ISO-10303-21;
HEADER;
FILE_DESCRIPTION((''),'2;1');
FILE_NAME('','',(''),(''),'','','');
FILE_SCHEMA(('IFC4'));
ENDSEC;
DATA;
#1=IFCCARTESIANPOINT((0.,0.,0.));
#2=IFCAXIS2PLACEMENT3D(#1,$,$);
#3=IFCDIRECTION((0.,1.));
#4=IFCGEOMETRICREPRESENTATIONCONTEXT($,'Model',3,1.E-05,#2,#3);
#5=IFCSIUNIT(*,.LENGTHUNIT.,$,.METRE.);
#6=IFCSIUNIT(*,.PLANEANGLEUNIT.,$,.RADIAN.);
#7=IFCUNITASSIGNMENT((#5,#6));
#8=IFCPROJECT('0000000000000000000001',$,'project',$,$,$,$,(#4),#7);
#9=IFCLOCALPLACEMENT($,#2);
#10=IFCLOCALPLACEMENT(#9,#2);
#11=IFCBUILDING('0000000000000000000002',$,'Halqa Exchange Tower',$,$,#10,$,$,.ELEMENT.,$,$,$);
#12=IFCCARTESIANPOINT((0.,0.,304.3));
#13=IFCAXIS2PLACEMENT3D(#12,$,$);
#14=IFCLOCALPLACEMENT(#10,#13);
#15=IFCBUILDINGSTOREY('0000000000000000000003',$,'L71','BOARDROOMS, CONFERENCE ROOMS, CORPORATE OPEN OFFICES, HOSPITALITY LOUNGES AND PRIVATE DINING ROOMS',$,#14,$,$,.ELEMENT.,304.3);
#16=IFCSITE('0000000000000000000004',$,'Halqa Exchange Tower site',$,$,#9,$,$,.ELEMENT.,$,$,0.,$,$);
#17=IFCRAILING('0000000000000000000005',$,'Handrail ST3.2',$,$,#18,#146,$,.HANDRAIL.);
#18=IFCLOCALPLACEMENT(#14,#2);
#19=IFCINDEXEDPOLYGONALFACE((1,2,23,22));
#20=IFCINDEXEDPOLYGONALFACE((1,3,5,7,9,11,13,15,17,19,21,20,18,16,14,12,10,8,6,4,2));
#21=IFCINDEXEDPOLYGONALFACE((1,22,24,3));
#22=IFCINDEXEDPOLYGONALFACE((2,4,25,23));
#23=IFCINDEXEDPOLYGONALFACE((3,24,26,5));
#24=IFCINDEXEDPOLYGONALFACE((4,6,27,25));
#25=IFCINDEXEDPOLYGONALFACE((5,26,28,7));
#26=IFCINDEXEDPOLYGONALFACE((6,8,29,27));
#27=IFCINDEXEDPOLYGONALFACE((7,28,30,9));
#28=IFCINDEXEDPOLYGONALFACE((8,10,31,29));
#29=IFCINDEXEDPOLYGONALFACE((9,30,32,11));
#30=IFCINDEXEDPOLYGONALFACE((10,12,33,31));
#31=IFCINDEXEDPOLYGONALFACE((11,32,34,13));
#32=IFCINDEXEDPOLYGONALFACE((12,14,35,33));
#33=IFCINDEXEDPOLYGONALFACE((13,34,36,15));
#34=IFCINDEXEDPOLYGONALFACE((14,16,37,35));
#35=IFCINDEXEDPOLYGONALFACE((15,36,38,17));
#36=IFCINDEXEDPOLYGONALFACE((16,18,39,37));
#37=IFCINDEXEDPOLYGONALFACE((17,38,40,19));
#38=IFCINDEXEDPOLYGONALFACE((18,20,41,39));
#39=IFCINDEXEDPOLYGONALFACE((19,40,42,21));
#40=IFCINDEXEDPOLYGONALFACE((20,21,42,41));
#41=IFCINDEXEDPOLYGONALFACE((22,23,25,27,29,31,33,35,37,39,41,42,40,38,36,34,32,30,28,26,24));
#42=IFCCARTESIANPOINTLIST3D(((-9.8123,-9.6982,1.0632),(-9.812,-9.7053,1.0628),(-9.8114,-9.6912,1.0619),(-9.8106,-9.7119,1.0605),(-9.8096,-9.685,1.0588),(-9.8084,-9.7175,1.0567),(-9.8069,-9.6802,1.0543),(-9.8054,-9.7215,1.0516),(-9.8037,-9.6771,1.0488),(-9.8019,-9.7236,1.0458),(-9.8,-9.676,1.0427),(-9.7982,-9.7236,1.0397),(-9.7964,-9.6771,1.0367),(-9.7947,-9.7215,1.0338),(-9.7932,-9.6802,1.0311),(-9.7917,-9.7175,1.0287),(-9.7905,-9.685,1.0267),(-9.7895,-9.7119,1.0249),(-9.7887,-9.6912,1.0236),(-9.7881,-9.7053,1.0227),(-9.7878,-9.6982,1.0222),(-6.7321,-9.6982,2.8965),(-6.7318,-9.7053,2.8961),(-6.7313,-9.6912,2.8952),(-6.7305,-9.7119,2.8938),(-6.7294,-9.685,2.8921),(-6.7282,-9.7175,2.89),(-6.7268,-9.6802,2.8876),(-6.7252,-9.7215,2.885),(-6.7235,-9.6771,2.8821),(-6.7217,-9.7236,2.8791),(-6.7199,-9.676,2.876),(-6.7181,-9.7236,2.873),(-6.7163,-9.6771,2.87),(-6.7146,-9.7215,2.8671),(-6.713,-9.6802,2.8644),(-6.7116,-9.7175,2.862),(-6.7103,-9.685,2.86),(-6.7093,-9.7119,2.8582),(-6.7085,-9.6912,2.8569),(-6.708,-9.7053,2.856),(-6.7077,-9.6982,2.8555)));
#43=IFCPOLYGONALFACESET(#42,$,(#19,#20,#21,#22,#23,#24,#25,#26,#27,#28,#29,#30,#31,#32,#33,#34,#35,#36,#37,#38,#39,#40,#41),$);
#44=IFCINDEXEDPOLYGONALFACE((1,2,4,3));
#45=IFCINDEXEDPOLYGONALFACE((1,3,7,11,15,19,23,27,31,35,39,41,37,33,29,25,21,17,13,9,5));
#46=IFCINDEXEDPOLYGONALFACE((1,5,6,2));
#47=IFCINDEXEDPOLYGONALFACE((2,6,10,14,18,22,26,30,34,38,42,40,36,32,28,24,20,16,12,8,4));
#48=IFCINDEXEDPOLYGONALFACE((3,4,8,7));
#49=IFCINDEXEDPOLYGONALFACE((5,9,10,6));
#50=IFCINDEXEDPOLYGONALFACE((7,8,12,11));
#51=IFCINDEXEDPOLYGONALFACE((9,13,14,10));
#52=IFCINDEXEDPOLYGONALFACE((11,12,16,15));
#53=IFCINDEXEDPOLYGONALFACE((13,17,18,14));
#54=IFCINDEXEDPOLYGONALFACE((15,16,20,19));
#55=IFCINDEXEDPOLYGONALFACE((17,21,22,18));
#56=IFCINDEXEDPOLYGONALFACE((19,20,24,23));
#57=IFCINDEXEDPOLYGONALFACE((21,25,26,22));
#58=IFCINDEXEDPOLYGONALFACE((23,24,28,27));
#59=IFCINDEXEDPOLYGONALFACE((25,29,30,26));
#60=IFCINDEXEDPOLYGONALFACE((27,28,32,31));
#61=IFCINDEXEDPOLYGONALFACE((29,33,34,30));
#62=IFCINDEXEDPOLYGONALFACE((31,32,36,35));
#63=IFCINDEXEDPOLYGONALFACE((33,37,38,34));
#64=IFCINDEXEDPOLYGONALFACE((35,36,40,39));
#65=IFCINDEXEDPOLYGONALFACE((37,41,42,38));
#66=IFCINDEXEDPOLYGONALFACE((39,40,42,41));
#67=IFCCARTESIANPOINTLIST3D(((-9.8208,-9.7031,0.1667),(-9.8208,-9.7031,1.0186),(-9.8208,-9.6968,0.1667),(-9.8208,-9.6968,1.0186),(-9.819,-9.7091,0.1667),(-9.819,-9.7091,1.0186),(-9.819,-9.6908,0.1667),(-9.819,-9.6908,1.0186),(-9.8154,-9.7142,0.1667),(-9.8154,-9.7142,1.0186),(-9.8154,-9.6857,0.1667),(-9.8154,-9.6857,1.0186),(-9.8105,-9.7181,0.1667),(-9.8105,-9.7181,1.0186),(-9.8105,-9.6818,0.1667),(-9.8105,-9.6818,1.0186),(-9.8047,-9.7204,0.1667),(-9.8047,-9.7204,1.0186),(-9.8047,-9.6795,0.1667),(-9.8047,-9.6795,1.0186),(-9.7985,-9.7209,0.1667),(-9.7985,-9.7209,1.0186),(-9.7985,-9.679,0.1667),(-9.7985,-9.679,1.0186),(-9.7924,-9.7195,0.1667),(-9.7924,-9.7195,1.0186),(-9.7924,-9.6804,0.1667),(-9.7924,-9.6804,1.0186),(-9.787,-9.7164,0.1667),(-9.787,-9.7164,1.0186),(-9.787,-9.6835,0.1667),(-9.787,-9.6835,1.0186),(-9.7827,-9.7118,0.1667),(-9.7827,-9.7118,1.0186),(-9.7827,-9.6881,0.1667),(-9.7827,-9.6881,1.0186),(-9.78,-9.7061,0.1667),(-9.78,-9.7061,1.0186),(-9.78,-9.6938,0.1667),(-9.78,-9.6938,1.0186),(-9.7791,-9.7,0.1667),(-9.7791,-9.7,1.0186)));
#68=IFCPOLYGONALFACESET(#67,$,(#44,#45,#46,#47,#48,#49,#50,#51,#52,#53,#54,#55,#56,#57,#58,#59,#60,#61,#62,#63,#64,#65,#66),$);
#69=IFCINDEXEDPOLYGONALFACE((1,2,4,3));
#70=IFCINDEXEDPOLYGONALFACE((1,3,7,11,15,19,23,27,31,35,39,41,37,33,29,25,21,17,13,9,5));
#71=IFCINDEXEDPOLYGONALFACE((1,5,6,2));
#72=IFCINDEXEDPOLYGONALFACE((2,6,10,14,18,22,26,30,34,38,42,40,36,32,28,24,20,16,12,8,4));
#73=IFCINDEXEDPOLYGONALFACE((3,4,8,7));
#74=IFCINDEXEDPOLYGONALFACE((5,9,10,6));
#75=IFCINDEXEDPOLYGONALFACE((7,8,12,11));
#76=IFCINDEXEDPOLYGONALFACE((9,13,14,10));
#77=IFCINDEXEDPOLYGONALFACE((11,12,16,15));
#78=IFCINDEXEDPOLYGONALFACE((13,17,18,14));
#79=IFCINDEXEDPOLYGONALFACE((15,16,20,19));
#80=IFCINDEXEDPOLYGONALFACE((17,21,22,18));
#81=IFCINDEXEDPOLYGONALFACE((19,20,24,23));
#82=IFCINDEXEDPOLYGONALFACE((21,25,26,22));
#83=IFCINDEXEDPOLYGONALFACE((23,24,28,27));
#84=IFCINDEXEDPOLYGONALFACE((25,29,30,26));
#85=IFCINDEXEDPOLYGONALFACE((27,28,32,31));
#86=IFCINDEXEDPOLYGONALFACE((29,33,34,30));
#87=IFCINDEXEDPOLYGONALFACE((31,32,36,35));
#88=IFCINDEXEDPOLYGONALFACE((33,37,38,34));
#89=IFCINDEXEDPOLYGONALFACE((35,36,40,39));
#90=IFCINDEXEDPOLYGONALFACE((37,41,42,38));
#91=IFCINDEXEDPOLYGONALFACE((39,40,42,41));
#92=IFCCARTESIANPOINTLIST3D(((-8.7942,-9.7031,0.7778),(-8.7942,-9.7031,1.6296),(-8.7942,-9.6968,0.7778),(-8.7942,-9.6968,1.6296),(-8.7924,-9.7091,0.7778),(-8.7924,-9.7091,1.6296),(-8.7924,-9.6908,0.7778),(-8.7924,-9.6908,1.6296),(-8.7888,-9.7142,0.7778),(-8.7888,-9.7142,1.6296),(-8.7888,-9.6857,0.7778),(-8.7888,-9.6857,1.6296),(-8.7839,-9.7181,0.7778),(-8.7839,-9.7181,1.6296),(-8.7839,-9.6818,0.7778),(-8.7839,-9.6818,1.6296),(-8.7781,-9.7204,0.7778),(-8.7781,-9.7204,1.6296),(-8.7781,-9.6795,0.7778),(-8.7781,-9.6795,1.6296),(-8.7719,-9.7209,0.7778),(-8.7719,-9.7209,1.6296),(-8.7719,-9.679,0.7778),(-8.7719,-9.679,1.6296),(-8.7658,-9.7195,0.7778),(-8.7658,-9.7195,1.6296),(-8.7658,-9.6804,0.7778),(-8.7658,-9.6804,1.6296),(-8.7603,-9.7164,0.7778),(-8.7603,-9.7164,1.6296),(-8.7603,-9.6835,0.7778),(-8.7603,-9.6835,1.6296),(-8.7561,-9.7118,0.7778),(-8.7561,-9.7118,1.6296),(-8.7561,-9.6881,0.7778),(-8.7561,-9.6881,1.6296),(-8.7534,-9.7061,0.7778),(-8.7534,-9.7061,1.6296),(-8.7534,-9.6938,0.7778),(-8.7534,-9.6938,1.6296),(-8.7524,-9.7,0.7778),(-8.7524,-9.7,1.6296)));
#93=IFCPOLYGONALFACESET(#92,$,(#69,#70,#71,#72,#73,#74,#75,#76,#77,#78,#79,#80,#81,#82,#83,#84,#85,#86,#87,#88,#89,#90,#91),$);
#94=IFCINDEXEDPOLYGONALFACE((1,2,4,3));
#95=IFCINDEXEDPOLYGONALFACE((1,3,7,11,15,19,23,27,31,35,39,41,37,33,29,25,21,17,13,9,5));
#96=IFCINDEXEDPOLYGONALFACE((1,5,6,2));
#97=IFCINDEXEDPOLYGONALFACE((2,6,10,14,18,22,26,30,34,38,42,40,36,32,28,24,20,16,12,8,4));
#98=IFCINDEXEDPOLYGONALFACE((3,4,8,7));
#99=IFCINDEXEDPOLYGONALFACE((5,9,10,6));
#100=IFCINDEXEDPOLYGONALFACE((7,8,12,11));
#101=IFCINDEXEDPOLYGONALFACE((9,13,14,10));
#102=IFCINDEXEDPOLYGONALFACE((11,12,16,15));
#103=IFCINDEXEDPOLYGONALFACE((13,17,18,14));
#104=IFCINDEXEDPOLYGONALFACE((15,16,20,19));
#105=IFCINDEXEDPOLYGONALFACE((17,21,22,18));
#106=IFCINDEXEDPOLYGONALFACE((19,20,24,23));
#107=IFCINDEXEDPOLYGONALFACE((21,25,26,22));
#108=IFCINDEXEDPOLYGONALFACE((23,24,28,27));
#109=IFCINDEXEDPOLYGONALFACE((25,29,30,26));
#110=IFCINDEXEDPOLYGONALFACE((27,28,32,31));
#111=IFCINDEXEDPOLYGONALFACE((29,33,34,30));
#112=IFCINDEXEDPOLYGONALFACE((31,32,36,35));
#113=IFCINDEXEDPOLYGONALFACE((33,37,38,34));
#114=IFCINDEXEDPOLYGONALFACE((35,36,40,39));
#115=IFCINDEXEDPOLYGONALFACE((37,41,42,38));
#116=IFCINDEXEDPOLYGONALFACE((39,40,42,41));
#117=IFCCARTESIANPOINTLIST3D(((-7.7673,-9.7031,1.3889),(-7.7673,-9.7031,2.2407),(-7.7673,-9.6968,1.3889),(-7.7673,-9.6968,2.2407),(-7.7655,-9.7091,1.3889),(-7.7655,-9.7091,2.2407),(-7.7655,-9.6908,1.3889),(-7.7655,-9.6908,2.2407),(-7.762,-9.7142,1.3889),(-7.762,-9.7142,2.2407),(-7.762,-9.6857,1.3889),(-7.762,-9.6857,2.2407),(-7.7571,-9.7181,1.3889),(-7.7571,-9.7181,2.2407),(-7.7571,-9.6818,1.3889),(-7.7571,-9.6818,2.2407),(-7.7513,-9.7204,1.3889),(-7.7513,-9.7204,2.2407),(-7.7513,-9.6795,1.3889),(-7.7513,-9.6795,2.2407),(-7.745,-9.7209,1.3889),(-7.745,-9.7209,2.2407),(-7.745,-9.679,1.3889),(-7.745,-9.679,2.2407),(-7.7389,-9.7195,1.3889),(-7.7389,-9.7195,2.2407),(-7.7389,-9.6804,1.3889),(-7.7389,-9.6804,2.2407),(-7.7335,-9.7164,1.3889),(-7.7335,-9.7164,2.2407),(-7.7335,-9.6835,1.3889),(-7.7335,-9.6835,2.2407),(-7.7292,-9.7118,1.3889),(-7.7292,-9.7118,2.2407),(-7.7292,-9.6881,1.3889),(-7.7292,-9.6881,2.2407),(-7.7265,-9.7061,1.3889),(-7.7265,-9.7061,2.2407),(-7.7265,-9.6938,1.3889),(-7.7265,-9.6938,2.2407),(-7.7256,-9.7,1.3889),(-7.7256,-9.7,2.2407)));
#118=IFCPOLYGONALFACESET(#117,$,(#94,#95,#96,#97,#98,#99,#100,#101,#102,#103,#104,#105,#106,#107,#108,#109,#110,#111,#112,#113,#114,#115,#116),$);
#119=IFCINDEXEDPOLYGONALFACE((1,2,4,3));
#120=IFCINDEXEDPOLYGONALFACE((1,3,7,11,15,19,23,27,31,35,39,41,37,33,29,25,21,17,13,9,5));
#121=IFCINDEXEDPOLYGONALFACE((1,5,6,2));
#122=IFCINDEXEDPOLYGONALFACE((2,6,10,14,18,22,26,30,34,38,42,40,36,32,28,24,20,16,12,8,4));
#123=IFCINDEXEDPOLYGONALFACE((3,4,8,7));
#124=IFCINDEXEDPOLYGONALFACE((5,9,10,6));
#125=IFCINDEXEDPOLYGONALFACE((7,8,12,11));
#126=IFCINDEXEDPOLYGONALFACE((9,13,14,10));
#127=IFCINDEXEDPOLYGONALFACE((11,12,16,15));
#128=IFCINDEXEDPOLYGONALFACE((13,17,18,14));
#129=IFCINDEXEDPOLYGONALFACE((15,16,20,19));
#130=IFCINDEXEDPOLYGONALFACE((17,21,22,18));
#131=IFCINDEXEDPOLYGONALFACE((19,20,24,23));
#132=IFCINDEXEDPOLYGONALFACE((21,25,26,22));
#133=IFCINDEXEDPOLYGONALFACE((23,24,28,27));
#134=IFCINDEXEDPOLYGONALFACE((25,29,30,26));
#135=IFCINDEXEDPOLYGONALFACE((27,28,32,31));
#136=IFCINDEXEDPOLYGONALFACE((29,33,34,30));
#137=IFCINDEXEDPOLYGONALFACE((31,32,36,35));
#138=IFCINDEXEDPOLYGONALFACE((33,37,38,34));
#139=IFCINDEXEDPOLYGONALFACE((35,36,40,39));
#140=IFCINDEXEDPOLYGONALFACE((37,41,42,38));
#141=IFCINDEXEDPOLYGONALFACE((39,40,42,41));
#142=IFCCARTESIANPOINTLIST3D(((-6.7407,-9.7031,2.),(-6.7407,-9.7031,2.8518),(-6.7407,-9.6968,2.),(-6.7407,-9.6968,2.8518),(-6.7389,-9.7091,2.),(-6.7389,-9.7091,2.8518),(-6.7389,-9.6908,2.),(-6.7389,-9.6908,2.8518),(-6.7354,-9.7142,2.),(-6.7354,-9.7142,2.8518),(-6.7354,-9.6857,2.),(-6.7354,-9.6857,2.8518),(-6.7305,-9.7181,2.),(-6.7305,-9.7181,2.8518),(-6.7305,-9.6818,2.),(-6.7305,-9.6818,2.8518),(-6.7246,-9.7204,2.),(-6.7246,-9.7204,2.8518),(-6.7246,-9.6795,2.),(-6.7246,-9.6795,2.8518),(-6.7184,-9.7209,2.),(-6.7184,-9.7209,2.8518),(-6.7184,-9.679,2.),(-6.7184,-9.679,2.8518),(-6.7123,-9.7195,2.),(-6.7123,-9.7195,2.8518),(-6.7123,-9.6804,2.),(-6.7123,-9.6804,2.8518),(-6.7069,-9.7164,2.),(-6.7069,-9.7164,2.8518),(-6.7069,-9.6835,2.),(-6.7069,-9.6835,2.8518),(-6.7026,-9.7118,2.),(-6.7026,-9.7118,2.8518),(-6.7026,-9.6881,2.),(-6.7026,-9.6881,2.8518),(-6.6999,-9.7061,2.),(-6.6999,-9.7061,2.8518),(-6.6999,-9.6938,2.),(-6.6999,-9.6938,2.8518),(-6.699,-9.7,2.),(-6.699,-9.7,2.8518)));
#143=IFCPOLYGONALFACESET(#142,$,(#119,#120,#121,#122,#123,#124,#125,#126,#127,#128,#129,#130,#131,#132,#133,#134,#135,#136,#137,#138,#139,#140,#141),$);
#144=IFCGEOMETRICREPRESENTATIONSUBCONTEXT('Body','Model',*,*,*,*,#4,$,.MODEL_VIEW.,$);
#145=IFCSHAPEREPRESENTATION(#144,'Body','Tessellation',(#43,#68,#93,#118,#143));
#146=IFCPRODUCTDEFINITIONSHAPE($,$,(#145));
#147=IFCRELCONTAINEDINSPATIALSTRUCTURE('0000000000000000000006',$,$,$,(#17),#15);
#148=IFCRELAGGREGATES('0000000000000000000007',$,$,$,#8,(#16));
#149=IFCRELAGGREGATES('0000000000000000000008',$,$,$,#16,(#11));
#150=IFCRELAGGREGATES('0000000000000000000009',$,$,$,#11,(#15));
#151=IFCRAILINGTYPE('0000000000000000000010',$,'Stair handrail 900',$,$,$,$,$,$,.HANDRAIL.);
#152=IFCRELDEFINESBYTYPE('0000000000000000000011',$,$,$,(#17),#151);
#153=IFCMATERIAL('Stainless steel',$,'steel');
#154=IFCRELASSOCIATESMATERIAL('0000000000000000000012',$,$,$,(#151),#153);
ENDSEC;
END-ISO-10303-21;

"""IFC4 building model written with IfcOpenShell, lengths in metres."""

from ifc_helpers import new_model, si_unit, direction, frame, origin, origin_2d, place, context, subcontext, project, spatial, circle, extrude, material, type_object, element, save


model = new_model("IFC4")

# Units and contexts
model_context = context("Model", 3, precision=1e-05, world=origin(), true_north=direction((0.0, 1.0)))
body_context = subcontext(model_context, "Body", "Model", "MODEL_VIEW")
ifc_project = project(units=[si_unit("LENGTHUNIT", "METRE"), si_unit("PLANEANGLEUNIT", "RADIAN")], contexts=[model_context])

# Site, building, storey
site_placement = place(None, origin())
site = spatial("IfcSite", under=ifc_project, at=site_placement, Name="Halqa Exchange Tower site", CompositionType="ELEMENT", RefElevation=0.0)
building_placement = place(site_placement, origin())
building = spatial("IfcBuilding", under=site, at=building_placement, Name="Halqa Exchange Tower", CompositionType="ELEMENT")
storey_placement = place(building_placement, frame((0.0, 0.0, 304.3)))
storey = spatial("IfcBuildingStorey", under=building, at=storey_placement, Name="L71", Description="BOARDROOMS, CONFERENCE ROOMS, CORPORATE OPEN OFFICES, HOSPITALITY LOUNGES AND PRIVATE DINING ROOMS", CompositionType="ELEMENT", Elevation=304.3)

# Shared definitions
ifc_material_1 = material(Name="Stainless steel", Category="steel")

# Railing
railing_type_1 = type_object("IfcRailingType", Name="Stair handrail 900", PredefinedType="HANDRAIL", material=ifc_material_1)
railing_1_placement = place(storey_placement, frame((-9.8, -9.7, 0.1667)))
element("IfcRailing", 1, at=railing_1_placement, inside=storey, type_object=railing_type_1, Name="Handrail ST3.2", PredefinedType="HANDRAIL", context=body_context, shape_type="SweptSolid", body=[
    extrude(circle(Radius=0.0239, at=origin_2d()), frame((0.0, 0.0, 0.876), z_axis=(0.859309, 0.0, 0.511458), x_axis=(0.0, 1.0, 0.0)), (0.0, 0.0, 1.0), 3.5845),
    extrude(circle(Radius=0.021, at=origin_2d()), origin(), (0.0, 0.0, 1.0), 0.8518),
    extrude(circle(Radius=0.021, at=origin_2d()), frame((1.0266, 0.0, 0.6111)), (0.0, 0.0, 1.0), 0.8518),
    extrude(circle(Radius=0.021, at=origin_2d()), frame((2.0535, 0.0, 1.2222)), (0.0, 0.0, 1.0), 0.8518),
    extrude(circle(Radius=0.021, at=origin_2d()), frame((3.0801, 0.0, 1.8333)), (0.0, 0.0, 1.0), 0.8518),
])

save(model, "model.ifc")
